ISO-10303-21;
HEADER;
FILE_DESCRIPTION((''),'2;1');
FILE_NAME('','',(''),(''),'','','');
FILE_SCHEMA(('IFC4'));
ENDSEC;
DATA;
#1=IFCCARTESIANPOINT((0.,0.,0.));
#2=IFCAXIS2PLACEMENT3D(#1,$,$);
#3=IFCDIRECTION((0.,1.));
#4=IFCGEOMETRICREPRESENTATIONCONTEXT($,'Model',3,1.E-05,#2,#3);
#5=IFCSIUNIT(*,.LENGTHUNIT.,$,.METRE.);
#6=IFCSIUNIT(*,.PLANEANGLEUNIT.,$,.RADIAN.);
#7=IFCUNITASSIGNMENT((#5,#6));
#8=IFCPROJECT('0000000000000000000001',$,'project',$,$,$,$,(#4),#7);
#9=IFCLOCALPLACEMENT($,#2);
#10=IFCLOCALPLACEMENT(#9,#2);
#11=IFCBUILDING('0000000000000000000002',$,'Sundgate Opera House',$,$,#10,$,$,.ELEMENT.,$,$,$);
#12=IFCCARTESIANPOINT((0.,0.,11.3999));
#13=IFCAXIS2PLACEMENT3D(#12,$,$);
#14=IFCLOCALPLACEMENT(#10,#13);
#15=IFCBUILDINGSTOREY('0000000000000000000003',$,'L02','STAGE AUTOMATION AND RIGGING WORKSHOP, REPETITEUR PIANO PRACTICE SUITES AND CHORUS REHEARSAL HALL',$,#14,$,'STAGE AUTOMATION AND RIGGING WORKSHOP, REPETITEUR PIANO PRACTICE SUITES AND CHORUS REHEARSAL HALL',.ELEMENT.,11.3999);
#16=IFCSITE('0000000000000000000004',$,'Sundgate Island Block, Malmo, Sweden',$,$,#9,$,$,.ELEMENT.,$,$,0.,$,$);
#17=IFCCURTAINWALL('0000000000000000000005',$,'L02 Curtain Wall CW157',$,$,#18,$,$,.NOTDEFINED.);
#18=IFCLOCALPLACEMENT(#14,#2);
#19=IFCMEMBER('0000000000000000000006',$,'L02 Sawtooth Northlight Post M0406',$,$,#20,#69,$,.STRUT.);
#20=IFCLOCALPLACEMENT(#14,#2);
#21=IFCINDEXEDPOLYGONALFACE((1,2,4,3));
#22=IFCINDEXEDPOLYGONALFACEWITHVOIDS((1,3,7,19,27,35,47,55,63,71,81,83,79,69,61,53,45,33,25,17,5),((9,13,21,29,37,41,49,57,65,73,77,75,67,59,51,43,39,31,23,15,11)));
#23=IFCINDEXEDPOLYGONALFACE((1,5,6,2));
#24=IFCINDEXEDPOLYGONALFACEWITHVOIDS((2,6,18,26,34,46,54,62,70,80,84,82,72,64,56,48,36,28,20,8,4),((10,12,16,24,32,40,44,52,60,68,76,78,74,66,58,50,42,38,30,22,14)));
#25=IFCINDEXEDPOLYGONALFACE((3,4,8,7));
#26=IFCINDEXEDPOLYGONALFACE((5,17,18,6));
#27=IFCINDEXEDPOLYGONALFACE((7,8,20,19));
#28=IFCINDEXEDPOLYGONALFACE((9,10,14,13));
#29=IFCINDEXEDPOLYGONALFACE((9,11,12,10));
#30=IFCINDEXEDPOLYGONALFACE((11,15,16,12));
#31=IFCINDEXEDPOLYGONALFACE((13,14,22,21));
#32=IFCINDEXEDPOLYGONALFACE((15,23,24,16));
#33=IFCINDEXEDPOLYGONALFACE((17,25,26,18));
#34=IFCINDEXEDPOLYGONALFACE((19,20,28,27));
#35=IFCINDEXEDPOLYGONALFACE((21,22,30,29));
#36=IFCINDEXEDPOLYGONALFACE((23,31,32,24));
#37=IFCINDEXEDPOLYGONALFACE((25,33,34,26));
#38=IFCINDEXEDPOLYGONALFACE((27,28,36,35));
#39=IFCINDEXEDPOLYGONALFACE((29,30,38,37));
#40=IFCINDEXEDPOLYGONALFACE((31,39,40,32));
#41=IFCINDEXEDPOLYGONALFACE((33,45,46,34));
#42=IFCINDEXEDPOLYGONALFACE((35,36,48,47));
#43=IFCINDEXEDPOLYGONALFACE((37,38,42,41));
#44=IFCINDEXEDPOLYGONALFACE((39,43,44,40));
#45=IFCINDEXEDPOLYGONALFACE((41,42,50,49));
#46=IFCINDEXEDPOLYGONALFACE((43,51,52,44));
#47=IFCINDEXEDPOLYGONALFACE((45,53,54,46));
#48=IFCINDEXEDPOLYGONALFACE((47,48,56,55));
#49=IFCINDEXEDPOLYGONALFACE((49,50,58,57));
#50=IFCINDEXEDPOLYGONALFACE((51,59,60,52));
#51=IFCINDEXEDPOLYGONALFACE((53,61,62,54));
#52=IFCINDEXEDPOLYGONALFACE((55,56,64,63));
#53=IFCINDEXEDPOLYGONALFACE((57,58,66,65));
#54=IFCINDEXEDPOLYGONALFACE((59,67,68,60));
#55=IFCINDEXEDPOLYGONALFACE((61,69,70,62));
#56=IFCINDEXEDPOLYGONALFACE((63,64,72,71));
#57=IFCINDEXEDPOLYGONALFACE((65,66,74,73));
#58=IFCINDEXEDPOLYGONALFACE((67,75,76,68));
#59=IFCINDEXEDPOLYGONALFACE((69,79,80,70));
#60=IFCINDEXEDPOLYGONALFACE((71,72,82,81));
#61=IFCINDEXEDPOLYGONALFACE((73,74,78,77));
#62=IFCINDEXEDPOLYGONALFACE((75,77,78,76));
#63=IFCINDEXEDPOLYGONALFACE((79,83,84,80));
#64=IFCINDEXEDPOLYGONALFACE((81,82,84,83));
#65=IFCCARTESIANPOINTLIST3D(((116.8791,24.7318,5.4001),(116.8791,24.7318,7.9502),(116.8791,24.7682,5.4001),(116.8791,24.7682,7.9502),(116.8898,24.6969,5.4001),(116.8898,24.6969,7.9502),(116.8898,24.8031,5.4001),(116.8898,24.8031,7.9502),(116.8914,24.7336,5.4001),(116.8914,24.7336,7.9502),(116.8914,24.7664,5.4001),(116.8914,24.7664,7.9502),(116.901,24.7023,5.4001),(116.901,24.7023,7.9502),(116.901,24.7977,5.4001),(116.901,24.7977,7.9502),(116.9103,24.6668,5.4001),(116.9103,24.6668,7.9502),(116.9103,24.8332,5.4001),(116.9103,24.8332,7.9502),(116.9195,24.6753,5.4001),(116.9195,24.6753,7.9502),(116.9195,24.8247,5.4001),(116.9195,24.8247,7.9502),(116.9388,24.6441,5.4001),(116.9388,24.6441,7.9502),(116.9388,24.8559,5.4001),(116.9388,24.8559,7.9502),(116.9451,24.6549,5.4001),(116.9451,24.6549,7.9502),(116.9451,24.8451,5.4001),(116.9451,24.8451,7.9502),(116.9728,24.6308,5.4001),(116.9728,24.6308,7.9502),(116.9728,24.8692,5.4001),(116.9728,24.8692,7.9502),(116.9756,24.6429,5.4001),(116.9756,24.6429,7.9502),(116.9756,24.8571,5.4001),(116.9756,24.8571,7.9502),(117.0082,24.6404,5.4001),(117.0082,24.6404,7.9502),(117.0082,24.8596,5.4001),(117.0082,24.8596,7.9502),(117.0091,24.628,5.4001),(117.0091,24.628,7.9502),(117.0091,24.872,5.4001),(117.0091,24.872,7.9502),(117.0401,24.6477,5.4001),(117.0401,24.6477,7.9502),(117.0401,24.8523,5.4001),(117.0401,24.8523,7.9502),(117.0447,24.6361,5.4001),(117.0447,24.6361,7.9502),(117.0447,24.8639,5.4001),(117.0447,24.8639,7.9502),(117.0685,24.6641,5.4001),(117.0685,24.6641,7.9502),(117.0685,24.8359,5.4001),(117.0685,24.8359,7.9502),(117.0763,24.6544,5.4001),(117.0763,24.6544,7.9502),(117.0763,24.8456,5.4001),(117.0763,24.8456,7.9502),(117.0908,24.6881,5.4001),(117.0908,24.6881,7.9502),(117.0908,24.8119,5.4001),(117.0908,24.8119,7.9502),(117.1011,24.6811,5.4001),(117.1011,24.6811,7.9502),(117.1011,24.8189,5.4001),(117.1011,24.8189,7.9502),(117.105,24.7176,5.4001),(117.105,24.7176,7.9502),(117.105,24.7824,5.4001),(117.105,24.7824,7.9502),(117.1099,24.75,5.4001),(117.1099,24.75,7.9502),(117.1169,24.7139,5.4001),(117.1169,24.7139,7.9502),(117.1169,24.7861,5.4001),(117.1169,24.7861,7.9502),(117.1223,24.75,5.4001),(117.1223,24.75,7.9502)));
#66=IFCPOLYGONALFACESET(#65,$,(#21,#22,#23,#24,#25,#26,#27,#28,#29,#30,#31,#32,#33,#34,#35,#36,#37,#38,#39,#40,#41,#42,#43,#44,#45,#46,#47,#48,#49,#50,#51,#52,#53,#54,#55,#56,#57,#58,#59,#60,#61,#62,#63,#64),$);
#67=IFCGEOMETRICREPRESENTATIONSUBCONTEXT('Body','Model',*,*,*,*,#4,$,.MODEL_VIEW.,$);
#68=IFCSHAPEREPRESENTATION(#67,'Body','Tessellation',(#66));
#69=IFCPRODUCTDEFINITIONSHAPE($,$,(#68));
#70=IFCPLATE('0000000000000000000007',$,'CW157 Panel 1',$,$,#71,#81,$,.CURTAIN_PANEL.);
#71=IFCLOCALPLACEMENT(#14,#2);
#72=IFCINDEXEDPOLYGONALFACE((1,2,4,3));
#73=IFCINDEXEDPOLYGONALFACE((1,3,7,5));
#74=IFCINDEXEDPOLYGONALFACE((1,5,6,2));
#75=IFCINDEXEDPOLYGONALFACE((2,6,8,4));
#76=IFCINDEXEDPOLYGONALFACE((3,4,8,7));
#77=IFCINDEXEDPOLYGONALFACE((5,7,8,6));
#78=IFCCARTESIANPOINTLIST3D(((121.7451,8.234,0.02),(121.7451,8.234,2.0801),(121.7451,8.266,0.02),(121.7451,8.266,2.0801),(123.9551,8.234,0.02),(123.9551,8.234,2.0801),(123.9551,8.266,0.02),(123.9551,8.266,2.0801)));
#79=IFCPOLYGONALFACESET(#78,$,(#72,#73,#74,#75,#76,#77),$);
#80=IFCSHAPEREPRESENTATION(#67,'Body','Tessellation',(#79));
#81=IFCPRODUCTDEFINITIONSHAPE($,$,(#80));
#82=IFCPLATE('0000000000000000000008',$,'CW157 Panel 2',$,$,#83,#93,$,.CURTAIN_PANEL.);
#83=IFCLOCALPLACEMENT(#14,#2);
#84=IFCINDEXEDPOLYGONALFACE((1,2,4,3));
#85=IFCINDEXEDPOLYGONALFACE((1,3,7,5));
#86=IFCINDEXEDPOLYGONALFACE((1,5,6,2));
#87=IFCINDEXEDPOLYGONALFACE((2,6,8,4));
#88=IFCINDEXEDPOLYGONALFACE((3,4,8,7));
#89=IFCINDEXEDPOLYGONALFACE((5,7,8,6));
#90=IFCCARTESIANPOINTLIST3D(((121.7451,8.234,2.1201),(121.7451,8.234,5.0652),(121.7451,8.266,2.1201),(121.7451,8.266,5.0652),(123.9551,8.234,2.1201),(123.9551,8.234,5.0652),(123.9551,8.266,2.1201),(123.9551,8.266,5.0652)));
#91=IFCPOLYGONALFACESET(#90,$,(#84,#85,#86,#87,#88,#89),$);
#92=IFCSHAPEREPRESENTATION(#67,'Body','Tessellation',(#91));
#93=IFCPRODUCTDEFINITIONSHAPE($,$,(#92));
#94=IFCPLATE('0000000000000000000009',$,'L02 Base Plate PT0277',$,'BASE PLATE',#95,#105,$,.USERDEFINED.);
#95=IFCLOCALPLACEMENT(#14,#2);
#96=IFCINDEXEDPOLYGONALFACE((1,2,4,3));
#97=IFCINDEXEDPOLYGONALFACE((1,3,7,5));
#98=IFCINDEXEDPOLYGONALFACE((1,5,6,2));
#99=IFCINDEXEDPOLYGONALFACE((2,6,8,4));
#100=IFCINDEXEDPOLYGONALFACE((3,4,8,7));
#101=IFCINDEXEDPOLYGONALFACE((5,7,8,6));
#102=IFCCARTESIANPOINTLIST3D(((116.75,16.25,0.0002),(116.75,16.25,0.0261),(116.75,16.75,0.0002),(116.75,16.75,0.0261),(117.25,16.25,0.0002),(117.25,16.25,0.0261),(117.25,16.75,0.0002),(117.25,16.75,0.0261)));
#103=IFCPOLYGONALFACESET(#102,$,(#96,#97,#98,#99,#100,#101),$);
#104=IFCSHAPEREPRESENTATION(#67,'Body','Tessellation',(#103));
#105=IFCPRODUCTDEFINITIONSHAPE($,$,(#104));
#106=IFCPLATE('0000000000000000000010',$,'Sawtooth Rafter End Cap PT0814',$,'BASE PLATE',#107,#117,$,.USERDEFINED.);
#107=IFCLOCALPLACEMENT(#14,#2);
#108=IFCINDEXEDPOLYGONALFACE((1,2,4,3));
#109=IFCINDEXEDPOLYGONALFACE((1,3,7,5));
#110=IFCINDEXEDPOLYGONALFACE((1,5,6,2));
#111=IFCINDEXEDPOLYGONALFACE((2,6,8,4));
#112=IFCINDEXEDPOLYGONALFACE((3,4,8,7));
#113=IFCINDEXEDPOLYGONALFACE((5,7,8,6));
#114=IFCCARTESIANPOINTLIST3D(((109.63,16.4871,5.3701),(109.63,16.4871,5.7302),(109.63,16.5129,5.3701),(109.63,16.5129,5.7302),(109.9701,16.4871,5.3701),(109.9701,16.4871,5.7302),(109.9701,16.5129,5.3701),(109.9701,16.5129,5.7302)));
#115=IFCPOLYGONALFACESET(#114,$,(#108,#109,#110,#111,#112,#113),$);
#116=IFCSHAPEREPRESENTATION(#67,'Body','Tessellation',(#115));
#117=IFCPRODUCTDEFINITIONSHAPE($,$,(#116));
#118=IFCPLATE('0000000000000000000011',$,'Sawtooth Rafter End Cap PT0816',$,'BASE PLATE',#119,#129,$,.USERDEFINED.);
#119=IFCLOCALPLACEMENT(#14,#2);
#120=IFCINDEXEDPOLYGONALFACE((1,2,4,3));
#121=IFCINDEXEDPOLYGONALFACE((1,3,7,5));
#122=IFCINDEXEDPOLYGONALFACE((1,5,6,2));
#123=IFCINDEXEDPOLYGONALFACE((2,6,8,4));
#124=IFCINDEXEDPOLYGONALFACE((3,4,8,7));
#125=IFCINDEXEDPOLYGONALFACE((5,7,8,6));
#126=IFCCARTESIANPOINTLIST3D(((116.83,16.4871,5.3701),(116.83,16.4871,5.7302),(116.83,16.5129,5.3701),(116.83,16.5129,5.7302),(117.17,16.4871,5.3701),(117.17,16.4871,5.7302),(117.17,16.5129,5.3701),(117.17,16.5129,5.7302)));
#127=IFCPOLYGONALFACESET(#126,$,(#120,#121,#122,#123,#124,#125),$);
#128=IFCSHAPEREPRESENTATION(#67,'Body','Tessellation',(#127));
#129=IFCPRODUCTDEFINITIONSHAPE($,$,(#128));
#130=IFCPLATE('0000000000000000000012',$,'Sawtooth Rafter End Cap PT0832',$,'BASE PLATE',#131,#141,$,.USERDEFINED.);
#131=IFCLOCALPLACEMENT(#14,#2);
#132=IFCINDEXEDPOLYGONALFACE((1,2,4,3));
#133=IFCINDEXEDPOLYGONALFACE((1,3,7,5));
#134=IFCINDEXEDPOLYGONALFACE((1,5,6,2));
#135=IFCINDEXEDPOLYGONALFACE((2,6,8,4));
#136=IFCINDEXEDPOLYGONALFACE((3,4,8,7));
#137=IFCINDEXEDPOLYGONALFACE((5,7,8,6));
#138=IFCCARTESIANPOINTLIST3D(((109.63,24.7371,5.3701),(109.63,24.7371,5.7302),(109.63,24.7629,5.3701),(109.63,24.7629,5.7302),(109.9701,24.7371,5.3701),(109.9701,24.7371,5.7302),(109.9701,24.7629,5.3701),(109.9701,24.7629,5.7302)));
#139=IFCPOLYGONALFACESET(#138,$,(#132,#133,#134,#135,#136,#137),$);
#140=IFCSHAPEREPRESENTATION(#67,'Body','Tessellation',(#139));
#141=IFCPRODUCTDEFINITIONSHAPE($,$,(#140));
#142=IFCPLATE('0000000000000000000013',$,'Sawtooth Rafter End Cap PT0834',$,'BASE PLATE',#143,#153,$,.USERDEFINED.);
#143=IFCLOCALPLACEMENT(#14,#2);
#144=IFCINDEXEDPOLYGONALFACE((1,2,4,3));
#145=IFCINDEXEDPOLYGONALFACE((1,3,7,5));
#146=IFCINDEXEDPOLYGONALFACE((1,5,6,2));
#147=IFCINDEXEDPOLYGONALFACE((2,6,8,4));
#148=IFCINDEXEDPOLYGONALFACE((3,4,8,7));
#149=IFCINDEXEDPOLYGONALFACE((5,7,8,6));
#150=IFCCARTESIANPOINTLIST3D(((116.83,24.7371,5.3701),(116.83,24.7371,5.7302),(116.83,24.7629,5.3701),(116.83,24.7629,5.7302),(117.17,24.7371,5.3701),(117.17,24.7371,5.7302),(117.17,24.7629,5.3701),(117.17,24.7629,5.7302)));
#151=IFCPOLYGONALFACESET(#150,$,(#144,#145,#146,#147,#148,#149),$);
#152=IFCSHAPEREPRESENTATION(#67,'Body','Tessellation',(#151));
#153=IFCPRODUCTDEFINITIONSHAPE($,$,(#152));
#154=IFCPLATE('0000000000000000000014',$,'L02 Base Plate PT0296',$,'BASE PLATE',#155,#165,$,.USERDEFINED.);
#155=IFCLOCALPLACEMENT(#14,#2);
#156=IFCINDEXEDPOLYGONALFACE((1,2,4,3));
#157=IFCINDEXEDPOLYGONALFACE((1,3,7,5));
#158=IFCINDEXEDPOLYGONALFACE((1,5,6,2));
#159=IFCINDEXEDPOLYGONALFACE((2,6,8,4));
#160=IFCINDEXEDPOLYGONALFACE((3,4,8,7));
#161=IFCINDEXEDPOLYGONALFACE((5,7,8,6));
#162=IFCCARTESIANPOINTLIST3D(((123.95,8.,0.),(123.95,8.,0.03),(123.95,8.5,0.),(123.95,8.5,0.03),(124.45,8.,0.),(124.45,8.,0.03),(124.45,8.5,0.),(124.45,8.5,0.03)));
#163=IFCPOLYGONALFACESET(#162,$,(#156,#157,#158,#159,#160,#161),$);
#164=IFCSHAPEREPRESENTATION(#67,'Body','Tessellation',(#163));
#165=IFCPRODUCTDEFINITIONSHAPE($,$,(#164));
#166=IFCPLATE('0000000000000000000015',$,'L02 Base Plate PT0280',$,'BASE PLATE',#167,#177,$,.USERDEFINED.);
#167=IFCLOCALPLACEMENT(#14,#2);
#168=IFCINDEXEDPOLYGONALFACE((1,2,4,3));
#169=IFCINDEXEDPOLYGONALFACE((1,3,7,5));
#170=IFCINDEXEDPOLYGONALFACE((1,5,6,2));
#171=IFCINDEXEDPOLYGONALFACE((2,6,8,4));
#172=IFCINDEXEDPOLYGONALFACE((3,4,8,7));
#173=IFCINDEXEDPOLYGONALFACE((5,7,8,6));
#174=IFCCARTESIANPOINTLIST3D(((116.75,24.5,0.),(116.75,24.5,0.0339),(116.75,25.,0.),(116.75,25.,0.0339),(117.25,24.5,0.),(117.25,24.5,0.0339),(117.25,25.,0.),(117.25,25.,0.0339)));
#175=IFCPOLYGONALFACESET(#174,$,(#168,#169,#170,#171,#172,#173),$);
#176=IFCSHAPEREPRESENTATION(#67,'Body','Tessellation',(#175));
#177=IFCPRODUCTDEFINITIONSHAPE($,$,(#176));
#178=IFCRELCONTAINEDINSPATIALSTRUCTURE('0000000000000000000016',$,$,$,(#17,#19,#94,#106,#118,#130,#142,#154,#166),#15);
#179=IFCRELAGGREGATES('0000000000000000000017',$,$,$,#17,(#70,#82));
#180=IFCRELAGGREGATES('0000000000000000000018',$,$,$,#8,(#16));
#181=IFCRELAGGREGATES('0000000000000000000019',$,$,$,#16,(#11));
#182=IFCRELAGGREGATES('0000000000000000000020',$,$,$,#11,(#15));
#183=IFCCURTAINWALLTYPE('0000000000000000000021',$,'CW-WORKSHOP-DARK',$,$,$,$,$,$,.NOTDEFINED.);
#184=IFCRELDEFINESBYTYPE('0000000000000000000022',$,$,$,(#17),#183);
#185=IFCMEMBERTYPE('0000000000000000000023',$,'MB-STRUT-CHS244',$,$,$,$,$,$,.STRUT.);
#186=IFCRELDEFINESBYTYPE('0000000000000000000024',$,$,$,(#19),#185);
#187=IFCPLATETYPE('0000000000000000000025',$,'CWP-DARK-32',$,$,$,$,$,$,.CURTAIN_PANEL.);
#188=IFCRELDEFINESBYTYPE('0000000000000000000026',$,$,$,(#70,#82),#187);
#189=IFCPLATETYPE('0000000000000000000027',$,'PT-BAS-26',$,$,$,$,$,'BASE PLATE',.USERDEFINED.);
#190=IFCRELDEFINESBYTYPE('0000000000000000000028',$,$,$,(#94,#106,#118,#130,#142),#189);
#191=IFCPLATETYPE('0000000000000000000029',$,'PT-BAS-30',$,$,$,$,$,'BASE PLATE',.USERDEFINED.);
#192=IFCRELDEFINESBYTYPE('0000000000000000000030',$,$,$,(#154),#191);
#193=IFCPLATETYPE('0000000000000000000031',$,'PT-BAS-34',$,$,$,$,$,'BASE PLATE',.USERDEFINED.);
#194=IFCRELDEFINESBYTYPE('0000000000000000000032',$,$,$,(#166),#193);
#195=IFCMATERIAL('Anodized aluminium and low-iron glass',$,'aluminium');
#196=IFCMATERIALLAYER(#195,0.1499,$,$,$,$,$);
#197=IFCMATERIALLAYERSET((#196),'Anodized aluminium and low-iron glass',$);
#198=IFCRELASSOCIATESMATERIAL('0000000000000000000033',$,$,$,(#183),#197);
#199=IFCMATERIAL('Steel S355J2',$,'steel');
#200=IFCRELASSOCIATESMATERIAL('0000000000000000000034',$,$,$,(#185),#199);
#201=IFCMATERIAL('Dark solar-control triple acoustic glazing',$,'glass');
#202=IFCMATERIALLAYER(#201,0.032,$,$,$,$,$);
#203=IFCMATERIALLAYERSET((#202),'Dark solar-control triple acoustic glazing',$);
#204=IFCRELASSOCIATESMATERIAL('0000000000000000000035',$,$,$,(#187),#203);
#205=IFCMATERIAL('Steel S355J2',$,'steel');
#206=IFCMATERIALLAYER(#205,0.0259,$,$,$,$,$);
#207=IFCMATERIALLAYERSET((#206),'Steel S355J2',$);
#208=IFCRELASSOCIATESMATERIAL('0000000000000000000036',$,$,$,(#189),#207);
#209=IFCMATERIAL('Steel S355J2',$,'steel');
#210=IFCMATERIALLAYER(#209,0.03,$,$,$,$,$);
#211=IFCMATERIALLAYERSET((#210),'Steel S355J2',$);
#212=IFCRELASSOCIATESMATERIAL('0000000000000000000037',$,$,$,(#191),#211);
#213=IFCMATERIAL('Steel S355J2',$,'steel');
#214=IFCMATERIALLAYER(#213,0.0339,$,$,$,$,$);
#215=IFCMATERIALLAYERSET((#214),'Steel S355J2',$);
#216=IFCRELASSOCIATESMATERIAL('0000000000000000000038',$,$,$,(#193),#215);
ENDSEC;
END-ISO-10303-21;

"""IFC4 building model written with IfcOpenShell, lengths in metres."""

from ifc_helpers import new_model, si_unit, direction, frame, origin, origin_2d, place, context, subcontext, project, spatial, rectangle, hollow_circle, extrude, material, layer, layer_set, material_profile, profile_set, type_object, element, aggregate, save


model = new_model("IFC4")

# Units and contexts
model_context = context("Model", 3, precision=1e-05, world=origin(), true_north=direction((0.0, 1.0)))
body_context = subcontext(model_context, "Body", "Model", "MODEL_VIEW")
ifc_project = project(units=[si_unit("LENGTHUNIT", "METRE"), si_unit("PLANEANGLEUNIT", "RADIAN")], contexts=[model_context])

# Site, building, storey
site_placement = place(None, origin())
site = spatial("IfcSite", under=ifc_project, at=site_placement, Name="Sundgate Island Block, Malmo, Sweden", CompositionType="ELEMENT", RefElevation=0.0)
building_placement = place(site_placement, origin())
building = spatial("IfcBuilding", under=site, at=building_placement, Name="Sundgate Opera House", CompositionType="ELEMENT")
storey_placement = place(building_placement, frame((0.0, 0.0, 11.3999)))
storey = spatial("IfcBuildingStorey", under=building, at=storey_placement, Name="L02", Description="STAGE AUTOMATION AND RIGGING WORKSHOP, REPETITEUR PIANO PRACTICE SUITES AND CHORUS REHEARSAL HALL", LongName="STAGE AUTOMATION AND RIGGING WORKSHOP, REPETITEUR PIANO PRACTICE SUITES AND CHORUS REHEARSAL HALL", CompositionType="ELEMENT", Elevation=11.3999)

# Curtain wall
ifc_material_1 = material(Name="Anodized aluminium and low-iron glass", Category="aluminium")
ifc_layer_1 = layer(ifc_material_1, 0.1499)
ifc_layer_set_1 = layer_set([ifc_layer_1], Name="Anodized aluminium and low-iron glass")
curtain_wall_type = type_object("IfcCurtainWallType", Name="CW-WORKSHOP-DARK", PredefinedType="NOTDEFINED", material=ifc_layer_set_1)
curtain_wall_placement = place(storey_placement, origin())
curtain_wall = element("IfcCurtainWall", 1, at=curtain_wall_placement, inside=storey, type_object=curtain_wall_type, Name="L02 Curtain Wall CW157", PredefinedType="NOTDEFINED")

# Member
ifc_material_2 = material(Name="Steel S355J2", Category="steel")
ifc_material_profile_1 = material_profile(ifc_material_2, hollow_circle(Radius=0.1223, WallThickness=0.0125, at=origin_2d()), Name="CHS 244.5x12.5")
ifc_profile_set_1 = profile_set([ifc_material_profile_1], Name="Steel S355J2")
member_type_1 = type_object("IfcMemberType", Name="MB-STRUT-CHS244", PredefinedType="STRUT", material=ifc_profile_set_1)
for number, where, z_axis, x_axis, name in (
    (2, (117.0, 24.75, 5.4001), (0.0, 0.0, 1.0), (1.0, 0.0, 0.0), "L02 Sawtooth Northlight Post M0406"),
):
    element("IfcMember", number, at=place(storey_placement, frame(where, z_axis=z_axis, x_axis=x_axis)), inside=storey, type_object=member_type_1, Name=name, PredefinedType="STRUT", context=body_context, shape_type="SweptSolid", body=[
        extrude(hollow_circle(Radius=0.1223, WallThickness=0.0125, at=origin_2d()), origin(), (0.0, 0.0, 1.0), 2.55),
    ])

# Plates
ifc_material_3 = material(Name="Dark solar-control triple acoustic glazing", Category="glass")
ifc_layer_2 = layer(ifc_material_3, 0.032)
ifc_layer_set_2 = layer_set([ifc_layer_2], Name="Dark solar-control triple acoustic glazing")
plate_type_1 = type_object("IfcPlateType", Name="CWP-DARK-32", PredefinedType="CURTAIN_PANEL", material=ifc_layer_set_2)
plate_1_placement = place(storey_placement, frame((122.8501, 8.25, 0.02), z_axis=(0.0, 0.0, 1.0), x_axis=(-1.0, 0.0, 0.0)))
plate_1 = element("IfcPlate", 3, at=plate_1_placement, type_object=plate_type_1, Name="CW157 Panel 1", PredefinedType="CURTAIN_PANEL", context=body_context, shape_type="SweptSolid", body=[
    extrude(rectangle(XDim=2.21, YDim=0.032, at=origin_2d()), origin(), (0.0, 0.0, 1.0), 2.0601),
])
plate_2_placement = place(storey_placement, frame((122.8501, 8.25, 2.1201), z_axis=(0.0, 0.0, 1.0), x_axis=(-1.0, 0.0, 0.0)))
plate_2 = element("IfcPlate", 4, at=plate_2_placement, type_object=plate_type_1, Name="CW157 Panel 2", PredefinedType="CURTAIN_PANEL", context=body_context, shape_type="SweptSolid", body=[
    extrude(rectangle(XDim=2.21, YDim=0.032, at=origin_2d()), origin(), (0.0, 0.0, 1.0), 2.9451),
])
aggregate(curtain_wall, [plate_1, plate_2])

# Plates
ifc_material_4 = material(Name="Steel S355J2", Category="steel")
ifc_layer_3 = layer(ifc_material_4, 0.0259)
ifc_layer_set_3 = layer_set([ifc_layer_3], Name="Steel S355J2")
plate_type_2 = type_object("IfcPlateType", Name="PT-BAS-26", ElementType="BASE PLATE", PredefinedType="USERDEFINED", material=ifc_layer_set_3)
plate_3_placement = place(storey_placement, frame((117.0, 16.5, 0.0002), z_axis=(0.0, 0.0, 1.0), x_axis=(1.0, 0.0, 0.0)))
element("IfcPlate", 5, at=plate_3_placement, inside=storey, type_object=plate_type_2, Name="L02 Base Plate PT0277", ObjectType="BASE PLATE", PredefinedType="USERDEFINED", context=body_context, shape_type="SweptSolid", body=[
    extrude(rectangle(XDim=0.5, YDim=0.5, at=origin_2d()), origin(), (0.0, 0.0, 1.0), 0.0259),
])
for number, where, z_axis, x_axis, name in (
    (6, (109.8, 16.5, 5.3701), (0.0, 0.0, 1.0), (1.0, 0.0, 0.0), "Sawtooth Rafter End Cap PT0814"),
    (7, (117.0, 16.5, 5.3701), (0.0, 0.0, 1.0), (1.0, 0.0, 0.0), "Sawtooth Rafter End Cap PT0816"),
    (8, (109.8, 24.75, 5.3701), (0.0, 0.0, 1.0), (1.0, 0.0, 0.0), "Sawtooth Rafter End Cap PT0832"),
    (9, (117.0, 24.75, 5.3701), (0.0, 0.0, 1.0), (1.0, 0.0, 0.0), "Sawtooth Rafter End Cap PT0834"),
):
    element("IfcPlate", number, at=place(storey_placement, frame(where, z_axis=z_axis, x_axis=x_axis)), inside=storey, type_object=plate_type_2, Name=name, ObjectType="BASE PLATE", PredefinedType="USERDEFINED", context=body_context, shape_type="SweptSolid", body=[
        extrude(rectangle(XDim=0.3401, YDim=0.0259, at=origin_2d()), origin(), (0.0, 0.0, 1.0), 0.3601),
    ])
ifc_material_5 = material(Name="Steel S355J2", Category="steel")
ifc_layer_4 = layer(ifc_material_5, 0.03)
ifc_layer_set_4 = layer_set([ifc_layer_4], Name="Steel S355J2")
plate_type_3 = type_object("IfcPlateType", Name="PT-BAS-30", ElementType="BASE PLATE", PredefinedType="USERDEFINED", material=ifc_layer_set_4)
plate_4_placement = place(storey_placement, frame((124.2, 8.25, 0.0), z_axis=(0.0, 0.0, 1.0), x_axis=(1.0, 0.0, 0.0)))
element("IfcPlate", 10, at=plate_4_placement, inside=storey, type_object=plate_type_3, Name="L02 Base Plate PT0296", ObjectType="BASE PLATE", PredefinedType="USERDEFINED", context=body_context, shape_type="SweptSolid", body=[
    extrude(rectangle(XDim=0.5, YDim=0.5, at=origin_2d()), origin(), (0.0, 0.0, 1.0), 0.03),
])
ifc_material_6 = material(Name="Steel S355J2", Category="steel")
ifc_layer_5 = layer(ifc_material_6, 0.0339)
ifc_layer_set_5 = layer_set([ifc_layer_5], Name="Steel S355J2")
plate_type_4 = type_object("IfcPlateType", Name="PT-BAS-34", ElementType="BASE PLATE", PredefinedType="USERDEFINED", material=ifc_layer_set_5)
plate_5_placement = place(storey_placement, frame((117.0, 24.75, 0.0), z_axis=(0.0, 0.0, 1.0), x_axis=(1.0, 0.0, 0.0)))
element("IfcPlate", 11, at=plate_5_placement, inside=storey, type_object=plate_type_4, Name="L02 Base Plate PT0280", ObjectType="BASE PLATE", PredefinedType="USERDEFINED", context=body_context, shape_type="SweptSolid", body=[
    extrude(rectangle(XDim=0.5, YDim=0.5, at=origin_2d()), origin(), (0.0, 0.0, 1.0), 0.0339),
])

save(model, "model.ifc")
